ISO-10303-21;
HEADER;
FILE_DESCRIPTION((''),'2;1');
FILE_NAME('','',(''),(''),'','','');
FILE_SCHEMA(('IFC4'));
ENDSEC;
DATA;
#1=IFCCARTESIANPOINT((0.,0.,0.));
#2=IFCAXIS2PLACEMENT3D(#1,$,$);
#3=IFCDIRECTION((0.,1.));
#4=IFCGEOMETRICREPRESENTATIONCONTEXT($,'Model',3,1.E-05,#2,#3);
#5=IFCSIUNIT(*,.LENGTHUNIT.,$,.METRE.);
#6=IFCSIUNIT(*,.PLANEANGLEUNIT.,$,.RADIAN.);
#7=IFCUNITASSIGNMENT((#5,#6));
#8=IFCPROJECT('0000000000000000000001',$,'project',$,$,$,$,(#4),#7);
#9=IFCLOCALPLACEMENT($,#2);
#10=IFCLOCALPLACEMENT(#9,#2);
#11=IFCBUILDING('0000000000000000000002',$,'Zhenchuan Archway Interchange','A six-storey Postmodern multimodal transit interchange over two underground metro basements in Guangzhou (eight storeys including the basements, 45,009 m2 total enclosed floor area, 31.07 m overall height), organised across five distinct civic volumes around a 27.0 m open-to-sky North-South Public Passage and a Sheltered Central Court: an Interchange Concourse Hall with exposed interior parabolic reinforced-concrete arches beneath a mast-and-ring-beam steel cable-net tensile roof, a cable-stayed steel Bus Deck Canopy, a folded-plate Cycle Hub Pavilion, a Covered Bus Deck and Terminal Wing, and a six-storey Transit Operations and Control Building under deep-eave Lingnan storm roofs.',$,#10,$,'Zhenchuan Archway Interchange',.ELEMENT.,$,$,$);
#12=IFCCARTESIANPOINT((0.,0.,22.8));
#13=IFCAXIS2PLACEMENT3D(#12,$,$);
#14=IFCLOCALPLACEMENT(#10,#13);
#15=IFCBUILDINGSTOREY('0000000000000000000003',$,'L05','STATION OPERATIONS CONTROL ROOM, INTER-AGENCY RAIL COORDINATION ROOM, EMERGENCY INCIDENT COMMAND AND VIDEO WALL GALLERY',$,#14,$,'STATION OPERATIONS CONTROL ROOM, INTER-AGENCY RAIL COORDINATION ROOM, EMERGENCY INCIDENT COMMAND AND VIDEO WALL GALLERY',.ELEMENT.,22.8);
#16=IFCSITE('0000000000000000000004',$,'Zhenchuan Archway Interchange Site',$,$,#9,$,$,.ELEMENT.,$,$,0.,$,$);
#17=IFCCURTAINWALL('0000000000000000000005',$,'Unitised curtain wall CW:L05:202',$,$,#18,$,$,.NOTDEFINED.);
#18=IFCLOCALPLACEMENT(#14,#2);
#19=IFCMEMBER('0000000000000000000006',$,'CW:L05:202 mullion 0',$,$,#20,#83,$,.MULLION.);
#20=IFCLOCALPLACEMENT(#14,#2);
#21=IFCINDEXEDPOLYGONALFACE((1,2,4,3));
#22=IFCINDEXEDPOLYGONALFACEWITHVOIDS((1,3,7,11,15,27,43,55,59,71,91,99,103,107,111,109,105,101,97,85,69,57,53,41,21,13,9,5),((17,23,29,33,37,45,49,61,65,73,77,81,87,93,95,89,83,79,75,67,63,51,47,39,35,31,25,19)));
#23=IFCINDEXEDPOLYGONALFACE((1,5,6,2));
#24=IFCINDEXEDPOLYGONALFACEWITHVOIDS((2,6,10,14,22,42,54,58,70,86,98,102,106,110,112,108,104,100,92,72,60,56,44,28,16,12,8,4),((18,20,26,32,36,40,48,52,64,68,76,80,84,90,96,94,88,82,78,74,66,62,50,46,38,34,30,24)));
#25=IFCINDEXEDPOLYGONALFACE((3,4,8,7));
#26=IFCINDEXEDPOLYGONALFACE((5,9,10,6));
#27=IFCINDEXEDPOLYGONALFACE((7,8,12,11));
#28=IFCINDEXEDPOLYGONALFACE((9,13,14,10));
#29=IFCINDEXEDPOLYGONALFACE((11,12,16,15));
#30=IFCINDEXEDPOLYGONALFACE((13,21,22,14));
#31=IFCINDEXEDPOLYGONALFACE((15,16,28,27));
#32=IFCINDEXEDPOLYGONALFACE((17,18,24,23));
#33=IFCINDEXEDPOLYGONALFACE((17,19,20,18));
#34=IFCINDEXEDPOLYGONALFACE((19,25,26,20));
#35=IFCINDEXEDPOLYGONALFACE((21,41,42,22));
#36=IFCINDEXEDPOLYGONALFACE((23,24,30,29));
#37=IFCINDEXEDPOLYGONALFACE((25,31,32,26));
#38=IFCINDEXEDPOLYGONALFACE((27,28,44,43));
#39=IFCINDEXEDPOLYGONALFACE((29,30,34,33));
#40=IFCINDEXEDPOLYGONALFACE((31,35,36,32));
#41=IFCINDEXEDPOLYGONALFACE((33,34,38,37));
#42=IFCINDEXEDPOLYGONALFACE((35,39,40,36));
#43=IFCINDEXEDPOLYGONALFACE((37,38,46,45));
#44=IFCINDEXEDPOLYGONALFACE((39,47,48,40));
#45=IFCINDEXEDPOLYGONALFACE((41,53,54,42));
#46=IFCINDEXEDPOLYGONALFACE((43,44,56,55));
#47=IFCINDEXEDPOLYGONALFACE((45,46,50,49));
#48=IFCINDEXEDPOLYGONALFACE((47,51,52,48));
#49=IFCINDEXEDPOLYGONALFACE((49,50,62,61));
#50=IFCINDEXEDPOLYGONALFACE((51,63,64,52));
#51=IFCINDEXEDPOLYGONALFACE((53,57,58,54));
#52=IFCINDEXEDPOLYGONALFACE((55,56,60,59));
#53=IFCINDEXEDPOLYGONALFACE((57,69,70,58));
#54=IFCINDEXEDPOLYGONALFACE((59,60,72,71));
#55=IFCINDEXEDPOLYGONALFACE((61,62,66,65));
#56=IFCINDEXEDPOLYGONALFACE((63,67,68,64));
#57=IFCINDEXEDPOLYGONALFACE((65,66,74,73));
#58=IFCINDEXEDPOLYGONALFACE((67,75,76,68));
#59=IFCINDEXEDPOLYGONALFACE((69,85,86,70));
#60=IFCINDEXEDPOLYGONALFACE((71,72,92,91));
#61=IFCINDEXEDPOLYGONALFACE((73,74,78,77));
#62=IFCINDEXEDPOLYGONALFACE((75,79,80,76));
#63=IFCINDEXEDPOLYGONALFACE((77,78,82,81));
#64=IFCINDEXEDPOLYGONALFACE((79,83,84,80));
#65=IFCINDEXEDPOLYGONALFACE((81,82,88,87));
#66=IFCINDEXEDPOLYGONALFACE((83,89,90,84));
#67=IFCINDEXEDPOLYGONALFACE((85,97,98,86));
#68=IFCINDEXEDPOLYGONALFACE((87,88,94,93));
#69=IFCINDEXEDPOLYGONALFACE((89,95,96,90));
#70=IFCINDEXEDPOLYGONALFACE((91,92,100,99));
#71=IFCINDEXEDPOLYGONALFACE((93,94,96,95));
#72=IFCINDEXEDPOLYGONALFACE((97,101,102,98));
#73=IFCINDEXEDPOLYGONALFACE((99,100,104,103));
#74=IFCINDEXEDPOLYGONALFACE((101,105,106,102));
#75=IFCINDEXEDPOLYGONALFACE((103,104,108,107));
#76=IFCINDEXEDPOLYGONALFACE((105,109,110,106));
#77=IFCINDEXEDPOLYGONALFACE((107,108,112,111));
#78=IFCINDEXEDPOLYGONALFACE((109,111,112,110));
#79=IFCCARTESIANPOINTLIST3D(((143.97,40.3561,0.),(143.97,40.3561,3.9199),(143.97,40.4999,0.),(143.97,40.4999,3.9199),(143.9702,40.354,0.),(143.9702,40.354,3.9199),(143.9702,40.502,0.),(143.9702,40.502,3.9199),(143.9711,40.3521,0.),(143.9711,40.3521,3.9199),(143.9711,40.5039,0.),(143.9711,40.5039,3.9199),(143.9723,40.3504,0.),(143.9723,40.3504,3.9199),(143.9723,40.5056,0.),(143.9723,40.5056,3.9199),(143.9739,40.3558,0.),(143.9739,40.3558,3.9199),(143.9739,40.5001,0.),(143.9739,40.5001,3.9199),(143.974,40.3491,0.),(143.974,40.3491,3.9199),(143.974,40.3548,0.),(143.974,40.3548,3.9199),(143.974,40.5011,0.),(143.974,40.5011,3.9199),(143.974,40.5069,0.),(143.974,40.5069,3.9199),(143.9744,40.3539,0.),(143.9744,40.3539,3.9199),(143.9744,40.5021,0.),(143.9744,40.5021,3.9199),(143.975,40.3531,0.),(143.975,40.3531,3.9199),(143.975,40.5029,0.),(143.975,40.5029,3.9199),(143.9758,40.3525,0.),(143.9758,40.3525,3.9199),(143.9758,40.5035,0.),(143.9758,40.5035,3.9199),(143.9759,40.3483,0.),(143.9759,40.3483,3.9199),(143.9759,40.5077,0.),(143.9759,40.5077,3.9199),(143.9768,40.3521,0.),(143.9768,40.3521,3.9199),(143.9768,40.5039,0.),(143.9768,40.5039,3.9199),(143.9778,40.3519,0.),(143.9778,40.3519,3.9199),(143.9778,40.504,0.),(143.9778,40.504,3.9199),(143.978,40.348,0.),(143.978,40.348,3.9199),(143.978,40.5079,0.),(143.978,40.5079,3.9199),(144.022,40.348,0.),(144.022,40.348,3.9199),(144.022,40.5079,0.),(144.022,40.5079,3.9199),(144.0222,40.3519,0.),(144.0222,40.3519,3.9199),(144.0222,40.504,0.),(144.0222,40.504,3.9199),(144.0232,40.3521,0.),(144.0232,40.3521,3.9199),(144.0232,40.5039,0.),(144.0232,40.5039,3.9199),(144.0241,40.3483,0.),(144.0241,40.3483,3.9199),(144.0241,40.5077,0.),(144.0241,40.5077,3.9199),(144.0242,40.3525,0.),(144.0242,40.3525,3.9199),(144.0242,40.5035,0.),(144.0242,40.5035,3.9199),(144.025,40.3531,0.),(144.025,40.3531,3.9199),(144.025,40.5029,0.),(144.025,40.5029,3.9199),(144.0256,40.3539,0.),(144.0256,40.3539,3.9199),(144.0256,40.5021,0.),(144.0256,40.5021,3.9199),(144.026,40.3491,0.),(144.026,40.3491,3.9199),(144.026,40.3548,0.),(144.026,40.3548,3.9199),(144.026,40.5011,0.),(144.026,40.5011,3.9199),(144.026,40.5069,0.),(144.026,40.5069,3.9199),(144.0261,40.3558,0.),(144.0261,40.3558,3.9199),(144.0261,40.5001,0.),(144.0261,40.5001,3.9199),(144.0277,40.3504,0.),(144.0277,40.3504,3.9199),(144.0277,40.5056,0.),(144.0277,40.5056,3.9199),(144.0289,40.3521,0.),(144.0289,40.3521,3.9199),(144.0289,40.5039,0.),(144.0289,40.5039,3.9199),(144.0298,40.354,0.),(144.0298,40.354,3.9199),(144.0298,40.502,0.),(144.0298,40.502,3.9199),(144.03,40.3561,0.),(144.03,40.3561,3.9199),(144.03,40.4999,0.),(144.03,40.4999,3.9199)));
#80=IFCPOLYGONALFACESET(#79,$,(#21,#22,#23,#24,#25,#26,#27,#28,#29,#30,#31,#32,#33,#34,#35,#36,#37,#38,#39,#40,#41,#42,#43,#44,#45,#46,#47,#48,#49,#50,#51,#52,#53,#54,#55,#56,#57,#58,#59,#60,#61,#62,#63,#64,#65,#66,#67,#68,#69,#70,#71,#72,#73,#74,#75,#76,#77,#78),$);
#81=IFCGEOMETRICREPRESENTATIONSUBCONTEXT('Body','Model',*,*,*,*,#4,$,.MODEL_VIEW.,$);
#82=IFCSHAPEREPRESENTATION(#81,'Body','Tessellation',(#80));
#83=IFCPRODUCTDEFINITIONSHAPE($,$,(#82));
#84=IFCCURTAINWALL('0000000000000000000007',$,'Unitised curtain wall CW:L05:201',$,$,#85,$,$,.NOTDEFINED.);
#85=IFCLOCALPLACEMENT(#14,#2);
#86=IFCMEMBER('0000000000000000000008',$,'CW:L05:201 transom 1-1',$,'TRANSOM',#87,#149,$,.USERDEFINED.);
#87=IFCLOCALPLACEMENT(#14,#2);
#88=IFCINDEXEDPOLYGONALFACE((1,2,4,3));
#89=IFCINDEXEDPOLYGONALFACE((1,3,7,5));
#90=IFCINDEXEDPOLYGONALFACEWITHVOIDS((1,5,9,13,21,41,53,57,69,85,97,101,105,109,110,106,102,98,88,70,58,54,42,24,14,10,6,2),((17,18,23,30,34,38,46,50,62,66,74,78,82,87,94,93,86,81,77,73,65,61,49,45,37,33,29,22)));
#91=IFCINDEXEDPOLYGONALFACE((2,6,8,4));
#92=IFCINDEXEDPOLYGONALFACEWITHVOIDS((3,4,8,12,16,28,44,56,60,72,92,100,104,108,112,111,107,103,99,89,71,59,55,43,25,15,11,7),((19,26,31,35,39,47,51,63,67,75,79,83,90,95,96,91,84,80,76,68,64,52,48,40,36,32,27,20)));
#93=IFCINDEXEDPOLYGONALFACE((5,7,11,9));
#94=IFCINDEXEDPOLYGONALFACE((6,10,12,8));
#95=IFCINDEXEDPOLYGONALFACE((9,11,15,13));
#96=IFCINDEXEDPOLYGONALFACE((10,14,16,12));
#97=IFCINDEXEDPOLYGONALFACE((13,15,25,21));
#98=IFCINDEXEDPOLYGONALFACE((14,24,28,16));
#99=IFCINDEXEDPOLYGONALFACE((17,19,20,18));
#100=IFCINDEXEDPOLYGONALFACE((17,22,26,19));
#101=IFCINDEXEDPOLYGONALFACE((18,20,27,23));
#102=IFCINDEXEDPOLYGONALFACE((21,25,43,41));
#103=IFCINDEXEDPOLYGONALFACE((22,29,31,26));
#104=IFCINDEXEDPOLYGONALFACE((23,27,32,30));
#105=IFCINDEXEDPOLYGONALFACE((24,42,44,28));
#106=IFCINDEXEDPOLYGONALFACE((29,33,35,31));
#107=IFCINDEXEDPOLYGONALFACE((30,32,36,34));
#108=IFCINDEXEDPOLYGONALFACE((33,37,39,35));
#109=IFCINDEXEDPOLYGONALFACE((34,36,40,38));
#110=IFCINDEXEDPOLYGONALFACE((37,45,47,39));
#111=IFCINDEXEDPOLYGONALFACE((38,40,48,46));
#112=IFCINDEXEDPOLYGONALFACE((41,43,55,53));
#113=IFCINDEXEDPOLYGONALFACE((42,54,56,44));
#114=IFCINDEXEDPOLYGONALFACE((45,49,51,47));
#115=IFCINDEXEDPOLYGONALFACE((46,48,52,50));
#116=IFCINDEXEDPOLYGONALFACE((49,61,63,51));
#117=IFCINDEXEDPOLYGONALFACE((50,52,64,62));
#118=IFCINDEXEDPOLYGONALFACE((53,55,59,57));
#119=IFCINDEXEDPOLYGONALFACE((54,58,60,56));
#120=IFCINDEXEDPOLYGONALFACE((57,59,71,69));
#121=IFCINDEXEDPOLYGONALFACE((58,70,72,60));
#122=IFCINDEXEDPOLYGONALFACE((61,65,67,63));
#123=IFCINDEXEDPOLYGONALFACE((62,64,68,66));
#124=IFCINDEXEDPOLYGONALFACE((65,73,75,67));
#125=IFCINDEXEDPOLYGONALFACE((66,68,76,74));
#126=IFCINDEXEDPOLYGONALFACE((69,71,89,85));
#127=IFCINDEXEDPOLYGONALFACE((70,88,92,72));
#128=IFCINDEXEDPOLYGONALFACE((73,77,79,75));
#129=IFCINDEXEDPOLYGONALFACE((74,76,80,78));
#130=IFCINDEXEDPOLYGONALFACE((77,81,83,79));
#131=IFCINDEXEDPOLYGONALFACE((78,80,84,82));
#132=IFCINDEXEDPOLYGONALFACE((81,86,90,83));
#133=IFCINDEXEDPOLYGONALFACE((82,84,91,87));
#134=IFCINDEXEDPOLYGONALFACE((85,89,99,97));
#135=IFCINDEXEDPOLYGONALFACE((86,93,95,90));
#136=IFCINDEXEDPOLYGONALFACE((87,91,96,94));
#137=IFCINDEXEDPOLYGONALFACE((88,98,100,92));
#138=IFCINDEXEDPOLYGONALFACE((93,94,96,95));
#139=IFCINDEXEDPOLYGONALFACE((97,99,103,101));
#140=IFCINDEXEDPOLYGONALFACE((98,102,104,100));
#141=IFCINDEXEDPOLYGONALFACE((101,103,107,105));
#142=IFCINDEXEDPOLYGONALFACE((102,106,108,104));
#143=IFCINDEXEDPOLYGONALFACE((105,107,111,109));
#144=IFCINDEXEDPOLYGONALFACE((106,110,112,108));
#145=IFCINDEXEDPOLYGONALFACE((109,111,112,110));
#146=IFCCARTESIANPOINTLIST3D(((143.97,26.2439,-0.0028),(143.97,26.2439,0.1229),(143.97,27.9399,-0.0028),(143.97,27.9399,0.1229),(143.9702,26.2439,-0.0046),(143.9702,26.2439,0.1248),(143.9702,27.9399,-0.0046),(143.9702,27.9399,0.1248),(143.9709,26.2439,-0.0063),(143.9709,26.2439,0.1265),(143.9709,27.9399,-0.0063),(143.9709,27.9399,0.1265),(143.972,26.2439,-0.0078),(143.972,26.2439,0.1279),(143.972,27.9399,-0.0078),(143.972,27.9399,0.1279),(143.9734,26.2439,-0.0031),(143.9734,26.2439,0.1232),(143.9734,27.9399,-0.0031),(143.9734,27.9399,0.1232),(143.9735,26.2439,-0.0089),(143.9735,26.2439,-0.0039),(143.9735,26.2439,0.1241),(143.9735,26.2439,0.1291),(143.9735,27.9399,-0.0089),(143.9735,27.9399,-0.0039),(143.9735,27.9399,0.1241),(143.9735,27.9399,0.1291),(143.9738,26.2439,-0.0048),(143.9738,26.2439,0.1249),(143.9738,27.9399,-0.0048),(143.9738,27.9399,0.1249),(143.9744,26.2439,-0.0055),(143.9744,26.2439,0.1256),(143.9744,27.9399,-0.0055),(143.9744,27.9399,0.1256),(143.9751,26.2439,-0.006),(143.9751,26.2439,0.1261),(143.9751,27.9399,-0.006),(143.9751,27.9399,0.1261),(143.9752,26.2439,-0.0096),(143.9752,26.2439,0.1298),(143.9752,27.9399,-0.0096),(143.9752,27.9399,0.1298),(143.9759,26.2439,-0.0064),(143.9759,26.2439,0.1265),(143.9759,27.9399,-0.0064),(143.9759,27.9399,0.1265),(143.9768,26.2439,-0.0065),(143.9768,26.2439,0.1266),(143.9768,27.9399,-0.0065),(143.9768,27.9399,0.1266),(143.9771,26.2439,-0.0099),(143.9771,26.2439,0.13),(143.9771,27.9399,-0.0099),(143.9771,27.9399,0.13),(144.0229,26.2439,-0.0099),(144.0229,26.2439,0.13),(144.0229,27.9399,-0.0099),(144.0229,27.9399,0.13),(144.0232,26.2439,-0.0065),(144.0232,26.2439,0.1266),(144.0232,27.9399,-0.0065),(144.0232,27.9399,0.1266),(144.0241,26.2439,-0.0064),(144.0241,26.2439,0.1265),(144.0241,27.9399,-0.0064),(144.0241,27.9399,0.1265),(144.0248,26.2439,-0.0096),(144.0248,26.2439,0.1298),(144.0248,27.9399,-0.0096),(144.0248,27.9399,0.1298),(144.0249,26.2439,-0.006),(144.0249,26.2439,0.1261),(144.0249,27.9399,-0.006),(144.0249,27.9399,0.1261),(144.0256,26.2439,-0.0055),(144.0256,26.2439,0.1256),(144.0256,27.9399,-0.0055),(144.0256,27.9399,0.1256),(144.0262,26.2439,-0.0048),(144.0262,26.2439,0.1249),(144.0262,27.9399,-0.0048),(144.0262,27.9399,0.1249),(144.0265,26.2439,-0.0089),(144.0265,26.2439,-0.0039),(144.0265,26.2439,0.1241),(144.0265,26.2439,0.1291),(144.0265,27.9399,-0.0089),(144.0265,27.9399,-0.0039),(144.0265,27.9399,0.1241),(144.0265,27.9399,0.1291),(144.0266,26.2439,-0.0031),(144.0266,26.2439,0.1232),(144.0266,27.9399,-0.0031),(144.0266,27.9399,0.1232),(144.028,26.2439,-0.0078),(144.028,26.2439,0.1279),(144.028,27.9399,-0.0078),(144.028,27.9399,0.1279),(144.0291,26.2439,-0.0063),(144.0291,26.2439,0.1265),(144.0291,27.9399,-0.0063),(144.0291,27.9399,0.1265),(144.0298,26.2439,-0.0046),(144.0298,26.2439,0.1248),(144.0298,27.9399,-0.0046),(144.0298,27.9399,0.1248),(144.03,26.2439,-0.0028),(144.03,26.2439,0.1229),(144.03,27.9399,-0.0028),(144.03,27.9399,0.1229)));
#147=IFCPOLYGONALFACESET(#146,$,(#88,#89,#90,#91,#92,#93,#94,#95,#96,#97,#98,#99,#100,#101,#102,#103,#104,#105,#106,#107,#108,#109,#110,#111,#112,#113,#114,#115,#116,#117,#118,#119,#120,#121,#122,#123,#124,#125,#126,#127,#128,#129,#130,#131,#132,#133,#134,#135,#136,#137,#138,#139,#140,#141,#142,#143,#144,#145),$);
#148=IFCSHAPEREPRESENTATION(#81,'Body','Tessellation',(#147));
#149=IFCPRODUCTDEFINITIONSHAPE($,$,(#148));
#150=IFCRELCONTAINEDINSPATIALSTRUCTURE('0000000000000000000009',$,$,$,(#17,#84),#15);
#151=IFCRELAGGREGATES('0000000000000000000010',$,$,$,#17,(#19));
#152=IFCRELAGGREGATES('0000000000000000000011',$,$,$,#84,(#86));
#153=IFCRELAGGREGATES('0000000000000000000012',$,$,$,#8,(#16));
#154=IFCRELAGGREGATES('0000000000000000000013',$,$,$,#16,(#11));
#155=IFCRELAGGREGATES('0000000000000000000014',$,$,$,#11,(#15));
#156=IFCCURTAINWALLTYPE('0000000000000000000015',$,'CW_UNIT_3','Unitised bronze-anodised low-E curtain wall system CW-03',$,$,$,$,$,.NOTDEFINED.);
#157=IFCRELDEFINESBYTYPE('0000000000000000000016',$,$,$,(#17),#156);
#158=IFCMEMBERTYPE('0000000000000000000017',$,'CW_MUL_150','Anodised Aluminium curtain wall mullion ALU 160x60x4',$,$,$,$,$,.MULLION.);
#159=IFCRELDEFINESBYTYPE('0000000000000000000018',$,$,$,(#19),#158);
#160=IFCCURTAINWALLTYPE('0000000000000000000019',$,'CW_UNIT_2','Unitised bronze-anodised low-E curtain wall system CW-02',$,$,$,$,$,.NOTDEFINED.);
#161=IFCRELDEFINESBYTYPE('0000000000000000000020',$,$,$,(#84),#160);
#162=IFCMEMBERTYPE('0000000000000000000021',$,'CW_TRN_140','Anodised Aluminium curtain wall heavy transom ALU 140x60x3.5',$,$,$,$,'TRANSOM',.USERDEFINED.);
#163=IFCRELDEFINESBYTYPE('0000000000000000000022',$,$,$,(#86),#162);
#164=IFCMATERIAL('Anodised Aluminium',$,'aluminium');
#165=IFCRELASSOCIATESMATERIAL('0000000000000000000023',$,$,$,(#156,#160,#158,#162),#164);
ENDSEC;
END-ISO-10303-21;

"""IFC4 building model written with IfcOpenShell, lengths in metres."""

from ifc_helpers import new_model, si_unit, direction, frame, origin, origin_2d, place, context, subcontext, project, spatial, hollow_rectangle, extrude, material, material_profile, profile_set, type_object, element, aggregate, save


model = new_model("IFC4")

# Units and contexts
model_context = context("Model", 3, precision=1e-05, world=origin(), true_north=direction((0.0, 1.0)))
body_context = subcontext(model_context, "Body", "Model", "MODEL_VIEW")
ifc_project = project(units=[si_unit("LENGTHUNIT", "METRE"), si_unit("PLANEANGLEUNIT", "RADIAN")], contexts=[model_context])

# Site, building, storey
site_placement = place(None, origin())
site = spatial("IfcSite", under=ifc_project, at=site_placement, Name="Zhenchuan Archway Interchange Site", CompositionType="ELEMENT", RefElevation=0.0)
building_placement = place(site_placement, origin())
building = spatial("IfcBuilding", under=site, at=building_placement, Name="Zhenchuan Archway Interchange", Description="A six-storey Postmodern multimodal transit interchange over two underground metro basements in Guangzhou (eight storeys including the basements, 45,009 m2 total enclosed floor area, 31.07 m overall height), organised across five distinct civic volumes around a 27.0 m open-to-sky North-South Public Passage and a Sheltered Central Court: an Interchange Concourse Hall with exposed interior parabolic reinforced-concrete arches beneath a mast-and-ring-beam steel cable-net tensile roof, a cable-stayed steel Bus Deck Canopy, a folded-plate Cycle Hub Pavilion, a Covered Bus Deck and Terminal Wing, and a six-storey Transit Operations and Control Building under deep-eave Lingnan storm roofs.", LongName="Zhenchuan Archway Interchange", CompositionType="ELEMENT")
storey_placement = place(building_placement, frame((0.0, 0.0, 22.8)))
storey = spatial("IfcBuildingStorey", under=building, at=storey_placement, Name="L05", Description="STATION OPERATIONS CONTROL ROOM, INTER-AGENCY RAIL COORDINATION ROOM, EMERGENCY INCIDENT COMMAND AND VIDEO WALL GALLERY", LongName="STATION OPERATIONS CONTROL ROOM, INTER-AGENCY RAIL COORDINATION ROOM, EMERGENCY INCIDENT COMMAND AND VIDEO WALL GALLERY", CompositionType="ELEMENT", Elevation=22.8)

# Curtain wall, member
ifc_material_1 = material(Name="Anodised Aluminium", Category="aluminium")
curtain_wall_type_1 = type_object("IfcCurtainWallType", Name="CW_UNIT_3", Description="Unitised bronze-anodised low-E curtain wall system CW-03", PredefinedType="NOTDEFINED", material=ifc_material_1)
curtain_wall_1_placement = place(storey_placement, origin())
curtain_wall_1 = element("IfcCurtainWall", 1, at=curtain_wall_1_placement, inside=storey, type_object=curtain_wall_type_1, Name="Unitised curtain wall CW:L05:202", PredefinedType="NOTDEFINED")
ifc_material_profile_1 = material_profile(ifc_material_1, hollow_rectangle(XDim=0.0601, YDim=0.1599, WallThickness=0.0039, InnerFilletRadius=0.0039, OuterFilletRadius=0.0081, at=origin_2d()), Name="ALU 160x60x4")
ifc_profile_set_1 = profile_set([ifc_material_profile_1], Name="Anodised Aluminium")
member_type_1 = type_object("IfcMemberType", Name="CW_MUL_150", Description="Anodised Aluminium curtain wall mullion ALU 160x60x4", PredefinedType="MULLION", material=ifc_profile_set_1)
member_1_placement = place(storey_placement, frame((144.0, 40.428, 0.0), z_axis=(0.0, 0.0, 1.0), x_axis=(1.0, 0.0, 0.0)))
member_1 = element("IfcMember", 2, at=member_1_placement, type_object=member_type_1, Name="CW:L05:202 mullion 0", PredefinedType="MULLION", context=body_context, shape_type="SweptSolid", body=[
    extrude(hollow_rectangle(XDim=0.0601, YDim=0.1599, WallThickness=0.0039, InnerFilletRadius=0.0039, OuterFilletRadius=0.0081, at=origin_2d()), origin(), (0.0, 0.0, 1.0), 3.9199),
])

# Curtain wall, member
curtain_wall_type_2 = type_object("IfcCurtainWallType", Name="CW_UNIT_2", Description="Unitised bronze-anodised low-E curtain wall system CW-02", PredefinedType="NOTDEFINED", material=ifc_material_1)
curtain_wall_2_placement = place(storey_placement, origin())
curtain_wall_2 = element("IfcCurtainWall", 3, at=curtain_wall_2_placement, inside=storey, type_object=curtain_wall_type_2, Name="Unitised curtain wall CW:L05:201", PredefinedType="NOTDEFINED")
ifc_material_profile_2 = material_profile(ifc_material_1, hollow_rectangle(XDim=0.0601, YDim=0.1399, WallThickness=0.0034, InnerFilletRadius=0.0034, OuterFilletRadius=0.0071, at=origin_2d()), Name="ALU 140x60x3.5")
ifc_profile_set_2 = profile_set([ifc_material_profile_2], Name="Anodised Aluminium")
member_type_2 = type_object("IfcMemberType", Name="CW_TRN_140", Description="Anodised Aluminium curtain wall heavy transom ALU 140x60x3.5", ElementType="TRANSOM", PredefinedType="USERDEFINED", material=ifc_profile_set_2)
member_2_placement = place(storey_placement, frame((144.0, 26.2439, 0.0601), z_axis=(0.0, 1.0, 0.0), x_axis=(-1.0, 0.0, 0.0)))
member_2 = element("IfcMember", 4, at=member_2_placement, type_object=member_type_2, Name="CW:L05:201 transom 1-1", ObjectType="TRANSOM", PredefinedType="USERDEFINED", context=body_context, shape_type="SweptSolid", body=[
    extrude(hollow_rectangle(XDim=0.0601, YDim=0.1399, WallThickness=0.0034, InnerFilletRadius=0.0034, OuterFilletRadius=0.0071, at=origin_2d()), origin(), (0.0, 0.0, 1.0), 1.696),
])

aggregate(curtain_wall_1, [member_1])

aggregate(curtain_wall_2, [member_2])

save(model, "model.ifc")
